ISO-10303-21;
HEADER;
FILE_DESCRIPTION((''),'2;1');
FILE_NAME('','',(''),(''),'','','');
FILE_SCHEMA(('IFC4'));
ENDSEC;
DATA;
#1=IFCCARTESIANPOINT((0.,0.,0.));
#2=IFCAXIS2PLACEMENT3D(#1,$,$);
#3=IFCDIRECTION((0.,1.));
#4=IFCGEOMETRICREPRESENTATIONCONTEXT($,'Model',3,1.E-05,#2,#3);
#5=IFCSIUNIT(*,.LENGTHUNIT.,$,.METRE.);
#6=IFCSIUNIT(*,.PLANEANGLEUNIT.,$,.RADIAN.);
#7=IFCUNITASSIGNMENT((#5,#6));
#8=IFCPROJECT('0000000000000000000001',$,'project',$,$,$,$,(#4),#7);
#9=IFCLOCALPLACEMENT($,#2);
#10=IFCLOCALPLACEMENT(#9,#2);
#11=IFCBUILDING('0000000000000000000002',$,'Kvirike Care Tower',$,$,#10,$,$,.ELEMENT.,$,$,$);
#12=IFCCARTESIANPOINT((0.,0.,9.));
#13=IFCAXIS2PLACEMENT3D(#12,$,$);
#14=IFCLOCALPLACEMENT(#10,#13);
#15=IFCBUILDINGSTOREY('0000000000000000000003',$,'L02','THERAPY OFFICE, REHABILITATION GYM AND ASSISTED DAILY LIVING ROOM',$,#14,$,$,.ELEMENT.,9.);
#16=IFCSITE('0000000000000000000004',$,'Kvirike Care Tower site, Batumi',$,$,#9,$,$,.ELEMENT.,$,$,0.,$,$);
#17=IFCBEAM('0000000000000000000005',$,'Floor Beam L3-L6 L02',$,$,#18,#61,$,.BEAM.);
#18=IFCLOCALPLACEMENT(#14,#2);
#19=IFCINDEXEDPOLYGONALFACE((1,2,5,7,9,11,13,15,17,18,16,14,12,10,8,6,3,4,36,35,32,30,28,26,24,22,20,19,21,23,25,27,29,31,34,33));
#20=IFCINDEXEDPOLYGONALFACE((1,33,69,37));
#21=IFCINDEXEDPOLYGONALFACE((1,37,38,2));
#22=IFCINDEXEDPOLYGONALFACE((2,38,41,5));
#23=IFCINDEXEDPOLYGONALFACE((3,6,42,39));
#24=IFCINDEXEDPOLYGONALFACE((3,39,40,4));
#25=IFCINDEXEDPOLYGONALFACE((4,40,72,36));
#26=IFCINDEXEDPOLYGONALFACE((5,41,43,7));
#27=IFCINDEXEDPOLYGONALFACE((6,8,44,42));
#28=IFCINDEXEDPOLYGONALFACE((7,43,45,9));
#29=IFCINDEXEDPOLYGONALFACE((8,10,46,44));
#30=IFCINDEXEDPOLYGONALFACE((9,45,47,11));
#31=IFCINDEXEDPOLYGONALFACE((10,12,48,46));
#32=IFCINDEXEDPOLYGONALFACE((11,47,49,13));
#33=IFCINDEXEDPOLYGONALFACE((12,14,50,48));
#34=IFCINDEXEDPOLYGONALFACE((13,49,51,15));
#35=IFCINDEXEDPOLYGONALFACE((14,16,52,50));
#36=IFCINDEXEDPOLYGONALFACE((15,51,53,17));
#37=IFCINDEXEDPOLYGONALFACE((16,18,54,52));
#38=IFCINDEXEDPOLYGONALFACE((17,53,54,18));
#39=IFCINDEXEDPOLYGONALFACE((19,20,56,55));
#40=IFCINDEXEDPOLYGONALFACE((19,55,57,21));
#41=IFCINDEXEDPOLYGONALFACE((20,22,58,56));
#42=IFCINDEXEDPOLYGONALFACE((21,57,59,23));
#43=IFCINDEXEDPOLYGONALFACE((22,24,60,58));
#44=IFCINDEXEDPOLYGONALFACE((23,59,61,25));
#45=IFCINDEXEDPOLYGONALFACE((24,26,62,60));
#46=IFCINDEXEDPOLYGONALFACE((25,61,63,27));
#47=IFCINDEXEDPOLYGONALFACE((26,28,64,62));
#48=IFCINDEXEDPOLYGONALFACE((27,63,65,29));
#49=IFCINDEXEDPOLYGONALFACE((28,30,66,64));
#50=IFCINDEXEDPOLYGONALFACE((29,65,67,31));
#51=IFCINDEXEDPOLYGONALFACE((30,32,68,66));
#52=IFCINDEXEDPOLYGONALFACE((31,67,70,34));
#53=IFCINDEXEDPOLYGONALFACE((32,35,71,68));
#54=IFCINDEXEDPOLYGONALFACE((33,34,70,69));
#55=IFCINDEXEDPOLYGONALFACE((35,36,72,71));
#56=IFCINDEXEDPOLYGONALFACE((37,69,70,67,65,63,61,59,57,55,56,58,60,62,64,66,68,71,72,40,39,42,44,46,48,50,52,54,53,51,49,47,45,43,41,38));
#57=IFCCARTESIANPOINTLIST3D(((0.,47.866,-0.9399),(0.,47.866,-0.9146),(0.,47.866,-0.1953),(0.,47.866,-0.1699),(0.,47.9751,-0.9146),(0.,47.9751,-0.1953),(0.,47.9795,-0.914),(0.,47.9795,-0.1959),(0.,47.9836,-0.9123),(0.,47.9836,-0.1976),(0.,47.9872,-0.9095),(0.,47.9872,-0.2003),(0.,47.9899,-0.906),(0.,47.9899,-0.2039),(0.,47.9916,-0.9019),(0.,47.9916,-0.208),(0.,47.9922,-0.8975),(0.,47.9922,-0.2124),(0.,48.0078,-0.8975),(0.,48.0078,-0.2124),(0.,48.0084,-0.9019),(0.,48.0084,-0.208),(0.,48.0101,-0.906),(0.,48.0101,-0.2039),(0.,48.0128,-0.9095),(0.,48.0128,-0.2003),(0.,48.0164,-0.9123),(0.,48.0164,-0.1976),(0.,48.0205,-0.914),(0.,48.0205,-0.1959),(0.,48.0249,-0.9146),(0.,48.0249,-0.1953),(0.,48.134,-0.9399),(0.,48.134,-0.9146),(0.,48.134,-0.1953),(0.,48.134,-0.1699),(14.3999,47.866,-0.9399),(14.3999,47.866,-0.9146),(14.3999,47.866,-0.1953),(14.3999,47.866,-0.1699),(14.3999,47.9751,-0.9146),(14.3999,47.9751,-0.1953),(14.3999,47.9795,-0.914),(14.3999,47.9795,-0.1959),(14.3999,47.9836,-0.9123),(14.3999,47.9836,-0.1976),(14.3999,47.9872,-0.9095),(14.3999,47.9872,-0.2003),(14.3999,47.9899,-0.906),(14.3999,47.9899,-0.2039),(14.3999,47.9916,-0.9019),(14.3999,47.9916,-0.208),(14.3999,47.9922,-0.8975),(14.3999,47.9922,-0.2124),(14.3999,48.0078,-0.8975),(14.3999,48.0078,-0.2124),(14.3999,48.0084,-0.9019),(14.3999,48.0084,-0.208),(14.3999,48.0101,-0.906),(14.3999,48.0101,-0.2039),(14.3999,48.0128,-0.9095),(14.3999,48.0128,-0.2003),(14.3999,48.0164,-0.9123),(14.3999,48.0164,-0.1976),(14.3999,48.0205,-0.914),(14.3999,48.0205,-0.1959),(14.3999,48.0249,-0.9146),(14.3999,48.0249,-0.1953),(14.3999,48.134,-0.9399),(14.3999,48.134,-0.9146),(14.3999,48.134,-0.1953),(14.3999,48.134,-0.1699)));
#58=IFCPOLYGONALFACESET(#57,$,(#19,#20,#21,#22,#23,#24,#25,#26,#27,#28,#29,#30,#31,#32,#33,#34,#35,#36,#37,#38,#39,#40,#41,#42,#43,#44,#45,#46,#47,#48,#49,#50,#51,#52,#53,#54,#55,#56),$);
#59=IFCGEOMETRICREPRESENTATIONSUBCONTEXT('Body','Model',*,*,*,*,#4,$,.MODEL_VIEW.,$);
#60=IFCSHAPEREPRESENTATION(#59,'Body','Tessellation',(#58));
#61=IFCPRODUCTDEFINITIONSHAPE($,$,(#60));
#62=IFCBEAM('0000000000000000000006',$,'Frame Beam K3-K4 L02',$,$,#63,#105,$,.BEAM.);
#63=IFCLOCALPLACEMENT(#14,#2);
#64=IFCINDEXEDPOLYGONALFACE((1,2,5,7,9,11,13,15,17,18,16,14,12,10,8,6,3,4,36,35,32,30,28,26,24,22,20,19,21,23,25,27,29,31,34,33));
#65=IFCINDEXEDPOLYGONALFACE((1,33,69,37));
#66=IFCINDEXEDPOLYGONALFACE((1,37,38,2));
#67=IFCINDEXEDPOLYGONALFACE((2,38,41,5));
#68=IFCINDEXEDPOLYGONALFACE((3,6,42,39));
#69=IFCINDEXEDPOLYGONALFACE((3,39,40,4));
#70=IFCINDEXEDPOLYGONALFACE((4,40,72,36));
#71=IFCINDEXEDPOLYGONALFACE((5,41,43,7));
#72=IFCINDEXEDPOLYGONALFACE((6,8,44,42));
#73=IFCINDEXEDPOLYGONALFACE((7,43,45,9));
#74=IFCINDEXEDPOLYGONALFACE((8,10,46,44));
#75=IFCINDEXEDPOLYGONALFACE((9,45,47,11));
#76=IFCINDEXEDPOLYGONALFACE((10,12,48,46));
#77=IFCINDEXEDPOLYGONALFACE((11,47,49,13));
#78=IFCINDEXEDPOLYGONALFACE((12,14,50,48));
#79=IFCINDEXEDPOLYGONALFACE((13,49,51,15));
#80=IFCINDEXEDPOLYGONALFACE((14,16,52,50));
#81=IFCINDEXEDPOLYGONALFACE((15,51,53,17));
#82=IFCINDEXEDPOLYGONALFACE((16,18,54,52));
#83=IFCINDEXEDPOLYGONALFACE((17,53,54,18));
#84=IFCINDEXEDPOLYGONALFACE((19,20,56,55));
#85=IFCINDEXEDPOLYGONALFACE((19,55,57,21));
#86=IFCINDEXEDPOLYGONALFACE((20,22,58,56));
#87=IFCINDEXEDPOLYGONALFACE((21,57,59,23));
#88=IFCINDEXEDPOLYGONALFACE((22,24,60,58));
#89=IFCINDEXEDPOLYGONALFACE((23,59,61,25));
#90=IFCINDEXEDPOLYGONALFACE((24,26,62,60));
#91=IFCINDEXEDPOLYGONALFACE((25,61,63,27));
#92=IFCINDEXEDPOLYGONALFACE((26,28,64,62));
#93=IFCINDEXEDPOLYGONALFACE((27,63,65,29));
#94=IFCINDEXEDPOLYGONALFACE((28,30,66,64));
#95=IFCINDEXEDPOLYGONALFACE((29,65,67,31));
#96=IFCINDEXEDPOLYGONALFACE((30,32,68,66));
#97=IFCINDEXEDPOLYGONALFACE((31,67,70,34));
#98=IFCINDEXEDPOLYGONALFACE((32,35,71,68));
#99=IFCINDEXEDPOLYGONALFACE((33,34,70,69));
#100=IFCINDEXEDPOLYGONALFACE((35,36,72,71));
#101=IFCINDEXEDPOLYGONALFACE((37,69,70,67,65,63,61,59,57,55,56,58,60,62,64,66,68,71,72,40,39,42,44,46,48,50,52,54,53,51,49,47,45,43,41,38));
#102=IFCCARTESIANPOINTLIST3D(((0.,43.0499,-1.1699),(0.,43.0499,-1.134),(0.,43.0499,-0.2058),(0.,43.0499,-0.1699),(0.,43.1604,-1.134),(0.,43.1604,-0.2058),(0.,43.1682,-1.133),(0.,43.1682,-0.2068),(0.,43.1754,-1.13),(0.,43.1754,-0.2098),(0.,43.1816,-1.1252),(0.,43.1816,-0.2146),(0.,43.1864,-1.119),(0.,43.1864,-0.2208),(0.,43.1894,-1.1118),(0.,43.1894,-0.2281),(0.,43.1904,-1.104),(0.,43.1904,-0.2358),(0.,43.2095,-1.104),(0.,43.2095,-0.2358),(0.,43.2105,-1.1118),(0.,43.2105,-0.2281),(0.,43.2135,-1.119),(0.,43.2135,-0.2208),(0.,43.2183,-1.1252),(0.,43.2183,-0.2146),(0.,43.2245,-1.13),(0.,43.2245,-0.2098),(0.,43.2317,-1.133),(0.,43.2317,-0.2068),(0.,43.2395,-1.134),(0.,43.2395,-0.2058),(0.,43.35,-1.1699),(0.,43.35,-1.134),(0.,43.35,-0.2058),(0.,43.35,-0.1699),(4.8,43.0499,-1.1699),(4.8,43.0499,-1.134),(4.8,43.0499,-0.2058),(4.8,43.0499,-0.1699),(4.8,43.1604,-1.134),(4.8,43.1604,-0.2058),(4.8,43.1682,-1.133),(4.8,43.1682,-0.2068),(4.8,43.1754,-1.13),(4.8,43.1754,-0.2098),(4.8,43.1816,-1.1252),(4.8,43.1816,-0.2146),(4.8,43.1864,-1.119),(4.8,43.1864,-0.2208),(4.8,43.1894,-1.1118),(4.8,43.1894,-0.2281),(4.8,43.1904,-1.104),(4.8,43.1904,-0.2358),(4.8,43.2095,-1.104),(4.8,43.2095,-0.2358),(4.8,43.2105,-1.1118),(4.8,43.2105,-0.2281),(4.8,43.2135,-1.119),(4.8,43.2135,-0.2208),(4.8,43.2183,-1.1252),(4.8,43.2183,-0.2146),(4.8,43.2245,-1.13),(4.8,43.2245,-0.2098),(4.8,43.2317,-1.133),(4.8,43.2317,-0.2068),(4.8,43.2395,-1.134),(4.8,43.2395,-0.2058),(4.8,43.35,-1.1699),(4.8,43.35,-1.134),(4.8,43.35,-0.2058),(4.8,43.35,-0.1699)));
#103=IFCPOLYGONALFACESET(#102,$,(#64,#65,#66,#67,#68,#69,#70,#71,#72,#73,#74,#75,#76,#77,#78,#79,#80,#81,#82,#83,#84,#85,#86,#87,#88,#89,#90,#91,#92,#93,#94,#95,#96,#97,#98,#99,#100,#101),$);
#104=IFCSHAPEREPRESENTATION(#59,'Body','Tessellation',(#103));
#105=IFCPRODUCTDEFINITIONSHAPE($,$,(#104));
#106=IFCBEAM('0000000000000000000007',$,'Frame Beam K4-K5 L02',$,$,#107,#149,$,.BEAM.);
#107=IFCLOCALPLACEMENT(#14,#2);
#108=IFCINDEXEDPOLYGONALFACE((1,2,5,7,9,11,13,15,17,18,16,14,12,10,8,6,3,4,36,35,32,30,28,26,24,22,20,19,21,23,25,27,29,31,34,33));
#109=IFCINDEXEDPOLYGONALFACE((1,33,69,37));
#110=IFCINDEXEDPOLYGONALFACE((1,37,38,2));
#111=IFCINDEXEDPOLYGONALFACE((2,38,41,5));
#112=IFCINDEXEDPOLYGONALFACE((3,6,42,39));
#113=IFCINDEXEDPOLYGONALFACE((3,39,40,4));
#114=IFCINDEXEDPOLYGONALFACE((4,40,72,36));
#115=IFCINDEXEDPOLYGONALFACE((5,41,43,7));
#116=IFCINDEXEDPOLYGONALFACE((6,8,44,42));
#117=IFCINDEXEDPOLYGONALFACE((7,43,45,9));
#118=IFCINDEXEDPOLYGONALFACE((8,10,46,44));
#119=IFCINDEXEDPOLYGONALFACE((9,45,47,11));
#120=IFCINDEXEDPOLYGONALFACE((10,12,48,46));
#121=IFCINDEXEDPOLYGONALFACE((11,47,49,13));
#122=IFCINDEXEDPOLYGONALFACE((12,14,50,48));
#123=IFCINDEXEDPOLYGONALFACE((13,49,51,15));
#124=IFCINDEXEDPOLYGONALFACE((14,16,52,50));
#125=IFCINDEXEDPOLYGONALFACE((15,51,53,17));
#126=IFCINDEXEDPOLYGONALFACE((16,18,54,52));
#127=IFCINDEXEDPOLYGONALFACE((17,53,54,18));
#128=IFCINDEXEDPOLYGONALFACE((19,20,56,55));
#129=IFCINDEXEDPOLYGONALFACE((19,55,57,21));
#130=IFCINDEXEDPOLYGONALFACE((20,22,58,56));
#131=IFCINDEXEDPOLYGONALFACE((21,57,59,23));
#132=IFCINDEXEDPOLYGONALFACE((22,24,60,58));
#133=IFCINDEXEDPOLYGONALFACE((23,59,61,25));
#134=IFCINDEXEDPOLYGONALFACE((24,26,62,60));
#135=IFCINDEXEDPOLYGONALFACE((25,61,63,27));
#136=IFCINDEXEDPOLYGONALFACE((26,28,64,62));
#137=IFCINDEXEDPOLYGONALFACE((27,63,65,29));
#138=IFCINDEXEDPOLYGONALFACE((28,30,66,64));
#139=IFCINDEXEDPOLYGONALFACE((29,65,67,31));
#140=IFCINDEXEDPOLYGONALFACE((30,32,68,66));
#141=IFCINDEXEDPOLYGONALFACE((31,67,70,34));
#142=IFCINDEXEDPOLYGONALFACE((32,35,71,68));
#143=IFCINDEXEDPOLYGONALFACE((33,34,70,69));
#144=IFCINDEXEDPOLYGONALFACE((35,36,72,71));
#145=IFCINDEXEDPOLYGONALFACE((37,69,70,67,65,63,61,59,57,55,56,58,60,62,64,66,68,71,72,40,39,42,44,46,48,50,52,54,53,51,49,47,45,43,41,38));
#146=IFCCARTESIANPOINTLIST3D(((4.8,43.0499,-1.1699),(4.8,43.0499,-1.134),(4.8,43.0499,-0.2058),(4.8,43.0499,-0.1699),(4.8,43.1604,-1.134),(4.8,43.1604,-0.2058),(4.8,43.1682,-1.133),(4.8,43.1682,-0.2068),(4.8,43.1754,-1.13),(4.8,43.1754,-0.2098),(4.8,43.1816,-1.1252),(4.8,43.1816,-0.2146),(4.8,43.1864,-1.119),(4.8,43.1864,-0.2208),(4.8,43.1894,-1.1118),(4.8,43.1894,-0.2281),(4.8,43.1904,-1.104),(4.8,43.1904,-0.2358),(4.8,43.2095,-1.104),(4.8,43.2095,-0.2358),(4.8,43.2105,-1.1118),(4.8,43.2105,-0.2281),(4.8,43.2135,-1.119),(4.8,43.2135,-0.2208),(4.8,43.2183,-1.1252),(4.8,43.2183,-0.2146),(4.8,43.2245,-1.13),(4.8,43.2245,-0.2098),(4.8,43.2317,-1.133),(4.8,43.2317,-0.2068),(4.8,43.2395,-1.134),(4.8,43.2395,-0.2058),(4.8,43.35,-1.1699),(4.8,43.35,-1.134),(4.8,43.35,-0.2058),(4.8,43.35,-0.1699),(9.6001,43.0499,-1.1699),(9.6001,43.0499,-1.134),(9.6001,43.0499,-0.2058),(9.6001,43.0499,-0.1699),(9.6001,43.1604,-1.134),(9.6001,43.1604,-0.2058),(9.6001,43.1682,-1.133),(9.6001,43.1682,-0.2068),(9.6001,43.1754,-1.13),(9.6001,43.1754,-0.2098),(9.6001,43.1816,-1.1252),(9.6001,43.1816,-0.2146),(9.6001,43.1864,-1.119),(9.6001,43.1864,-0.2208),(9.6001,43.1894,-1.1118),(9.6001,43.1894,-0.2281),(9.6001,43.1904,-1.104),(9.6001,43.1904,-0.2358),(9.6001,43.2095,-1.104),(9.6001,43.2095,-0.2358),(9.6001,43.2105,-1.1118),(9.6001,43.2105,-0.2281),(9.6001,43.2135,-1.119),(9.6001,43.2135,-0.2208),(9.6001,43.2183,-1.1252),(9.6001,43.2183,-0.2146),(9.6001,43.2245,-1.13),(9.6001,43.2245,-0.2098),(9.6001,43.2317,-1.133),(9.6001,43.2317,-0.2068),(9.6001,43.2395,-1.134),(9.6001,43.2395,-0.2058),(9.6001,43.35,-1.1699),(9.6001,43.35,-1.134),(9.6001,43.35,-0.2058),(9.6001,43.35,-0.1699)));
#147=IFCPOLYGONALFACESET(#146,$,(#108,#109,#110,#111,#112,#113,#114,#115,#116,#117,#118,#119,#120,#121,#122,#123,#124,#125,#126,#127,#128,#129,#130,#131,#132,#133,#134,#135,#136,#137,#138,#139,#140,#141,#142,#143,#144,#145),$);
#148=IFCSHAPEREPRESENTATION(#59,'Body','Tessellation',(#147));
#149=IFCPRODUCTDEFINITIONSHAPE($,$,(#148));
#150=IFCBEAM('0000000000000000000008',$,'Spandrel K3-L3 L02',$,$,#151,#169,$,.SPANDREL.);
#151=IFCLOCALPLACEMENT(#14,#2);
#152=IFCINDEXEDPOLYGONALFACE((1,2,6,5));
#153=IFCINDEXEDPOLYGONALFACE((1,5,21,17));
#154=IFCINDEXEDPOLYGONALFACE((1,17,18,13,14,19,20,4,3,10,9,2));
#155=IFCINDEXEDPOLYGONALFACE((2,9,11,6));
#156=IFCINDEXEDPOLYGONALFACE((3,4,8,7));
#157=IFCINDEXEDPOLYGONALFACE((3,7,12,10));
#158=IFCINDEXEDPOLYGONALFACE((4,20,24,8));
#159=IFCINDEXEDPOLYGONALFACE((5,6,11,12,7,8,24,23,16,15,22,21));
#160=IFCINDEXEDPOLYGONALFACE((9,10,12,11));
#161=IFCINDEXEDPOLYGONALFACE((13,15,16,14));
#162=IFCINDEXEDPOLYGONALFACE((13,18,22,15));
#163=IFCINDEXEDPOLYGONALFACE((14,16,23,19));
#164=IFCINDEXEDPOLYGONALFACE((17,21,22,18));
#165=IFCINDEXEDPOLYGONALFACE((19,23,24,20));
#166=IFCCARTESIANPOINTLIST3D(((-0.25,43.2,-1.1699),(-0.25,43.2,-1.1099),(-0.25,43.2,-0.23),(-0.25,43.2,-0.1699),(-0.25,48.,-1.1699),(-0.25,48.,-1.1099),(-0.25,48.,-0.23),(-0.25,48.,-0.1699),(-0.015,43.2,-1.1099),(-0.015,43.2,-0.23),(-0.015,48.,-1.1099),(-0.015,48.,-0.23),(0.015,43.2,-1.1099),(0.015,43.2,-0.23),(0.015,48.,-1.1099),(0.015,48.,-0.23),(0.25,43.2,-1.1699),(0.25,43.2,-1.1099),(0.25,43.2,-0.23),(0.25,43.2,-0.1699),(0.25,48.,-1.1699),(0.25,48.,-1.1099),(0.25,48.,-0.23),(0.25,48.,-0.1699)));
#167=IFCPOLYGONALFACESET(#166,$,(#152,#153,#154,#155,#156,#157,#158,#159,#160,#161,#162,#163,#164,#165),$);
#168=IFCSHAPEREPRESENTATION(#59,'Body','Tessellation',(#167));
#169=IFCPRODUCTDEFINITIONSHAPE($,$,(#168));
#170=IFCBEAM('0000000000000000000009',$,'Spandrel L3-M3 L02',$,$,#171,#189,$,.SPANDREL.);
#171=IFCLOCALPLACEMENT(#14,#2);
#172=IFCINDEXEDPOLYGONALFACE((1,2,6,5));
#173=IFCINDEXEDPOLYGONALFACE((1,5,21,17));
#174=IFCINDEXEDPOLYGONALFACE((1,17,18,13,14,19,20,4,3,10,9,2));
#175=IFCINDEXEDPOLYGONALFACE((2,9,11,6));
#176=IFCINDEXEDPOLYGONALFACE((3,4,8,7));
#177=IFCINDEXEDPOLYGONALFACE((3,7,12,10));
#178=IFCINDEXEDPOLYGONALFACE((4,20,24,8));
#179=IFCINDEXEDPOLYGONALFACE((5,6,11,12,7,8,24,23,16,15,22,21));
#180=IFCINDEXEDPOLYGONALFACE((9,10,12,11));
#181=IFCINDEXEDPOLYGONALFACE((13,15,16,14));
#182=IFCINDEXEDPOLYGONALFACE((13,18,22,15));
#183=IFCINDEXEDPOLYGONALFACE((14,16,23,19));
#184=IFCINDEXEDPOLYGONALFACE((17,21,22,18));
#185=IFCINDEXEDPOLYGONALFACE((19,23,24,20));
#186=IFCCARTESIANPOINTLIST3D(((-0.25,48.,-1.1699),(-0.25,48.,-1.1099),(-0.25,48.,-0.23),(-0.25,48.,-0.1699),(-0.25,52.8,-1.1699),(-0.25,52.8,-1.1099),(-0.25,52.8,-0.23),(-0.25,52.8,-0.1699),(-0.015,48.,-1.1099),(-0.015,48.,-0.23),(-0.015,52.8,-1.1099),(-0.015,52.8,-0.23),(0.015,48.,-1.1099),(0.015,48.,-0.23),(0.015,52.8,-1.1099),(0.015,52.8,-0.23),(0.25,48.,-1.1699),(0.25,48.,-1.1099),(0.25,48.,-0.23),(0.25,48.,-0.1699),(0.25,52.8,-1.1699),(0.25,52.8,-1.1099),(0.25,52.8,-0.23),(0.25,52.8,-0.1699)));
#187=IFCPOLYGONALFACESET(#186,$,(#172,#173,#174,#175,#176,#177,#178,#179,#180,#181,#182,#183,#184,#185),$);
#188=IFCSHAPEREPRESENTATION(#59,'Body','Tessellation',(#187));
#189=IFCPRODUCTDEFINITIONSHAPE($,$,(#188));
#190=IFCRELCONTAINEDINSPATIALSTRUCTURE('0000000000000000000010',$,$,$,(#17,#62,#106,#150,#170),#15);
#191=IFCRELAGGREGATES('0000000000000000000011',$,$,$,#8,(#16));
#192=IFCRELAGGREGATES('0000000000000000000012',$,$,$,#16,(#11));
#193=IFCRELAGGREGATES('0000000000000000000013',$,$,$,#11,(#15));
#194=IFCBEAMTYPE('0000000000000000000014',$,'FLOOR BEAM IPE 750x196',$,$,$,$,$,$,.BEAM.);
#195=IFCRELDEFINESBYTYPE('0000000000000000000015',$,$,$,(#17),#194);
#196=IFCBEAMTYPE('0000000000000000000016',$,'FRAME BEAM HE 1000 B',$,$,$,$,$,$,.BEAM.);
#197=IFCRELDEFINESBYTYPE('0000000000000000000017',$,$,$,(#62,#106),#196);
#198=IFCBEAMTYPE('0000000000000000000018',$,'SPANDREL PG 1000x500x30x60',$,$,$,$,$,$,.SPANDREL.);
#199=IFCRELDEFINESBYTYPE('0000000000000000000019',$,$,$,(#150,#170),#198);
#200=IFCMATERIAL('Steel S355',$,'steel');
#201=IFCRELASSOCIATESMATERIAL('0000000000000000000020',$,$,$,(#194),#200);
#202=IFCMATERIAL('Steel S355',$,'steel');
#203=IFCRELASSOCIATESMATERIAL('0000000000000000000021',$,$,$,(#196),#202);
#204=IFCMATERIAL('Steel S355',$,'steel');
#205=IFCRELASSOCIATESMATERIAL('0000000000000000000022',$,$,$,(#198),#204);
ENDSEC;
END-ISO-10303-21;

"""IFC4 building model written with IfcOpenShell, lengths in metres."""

from ifc_helpers import new_model, si_unit, direction, frame, origin, origin_2d, place, context, subcontext, project, spatial, i_section, extrude, material, material_profile, profile_set, type_object, element, save


model = new_model("IFC4")

# Units and contexts
model_context = context("Model", 3, precision=1e-05, world=origin(), true_north=direction((0.0, 1.0)))
body_context = subcontext(model_context, "Body", "Model", "MODEL_VIEW")
ifc_project = project(units=[si_unit("LENGTHUNIT", "METRE"), si_unit("PLANEANGLEUNIT", "RADIAN")], contexts=[model_context])

# Site, building, storey
site_placement = place(None, origin())
site = spatial("IfcSite", under=ifc_project, at=site_placement, Name="Kvirike Care Tower site, Batumi", CompositionType="ELEMENT", RefElevation=0.0)
building_placement = place(site_placement, origin())
building = spatial("IfcBuilding", under=site, at=building_placement, Name="Kvirike Care Tower", CompositionType="ELEMENT")
storey_placement = place(building_placement, frame((0.0, 0.0, 9.0)))
storey = spatial("IfcBuildingStorey", under=building, at=storey_placement, Name="L02", Description="THERAPY OFFICE, REHABILITATION GYM AND ASSISTED DAILY LIVING ROOM", CompositionType="ELEMENT", Elevation=9.0)

# Beams
ifc_material_1 = material(Name="Steel S355", Category="steel")
ifc_material_profile_1 = material_profile(ifc_material_1, i_section(OverallWidth=0.2681, OverallDepth=0.77, WebThickness=0.0156, FlangeThickness=0.0254, FilletRadius=0.0171, at=origin_2d()), Name="IPE 750x196")
ifc_profile_set_1 = profile_set([ifc_material_profile_1], Name="Steel S355")
beam_type_1 = type_object("IfcBeamType", Name="FLOOR BEAM IPE 750x196", PredefinedType="BEAM", material=ifc_profile_set_1)
beam_placement = place(storey_placement, frame((0.0, 48.0, -0.5549), z_axis=(1.0, 0.0, 0.0), x_axis=(0.0, 1.0, 0.0)))
element("IfcBeam", 1, at=beam_placement, inside=storey, type_object=beam_type_1, Name="Floor Beam L3-L6 L02", PredefinedType="BEAM", context=body_context, shape_type="SweptSolid", body=[
    extrude(i_section(OverallWidth=0.2681, OverallDepth=0.77, WebThickness=0.0156, FlangeThickness=0.0254, FilletRadius=0.0171, at=origin_2d()), origin(), (0.0, 0.0, 1.0), 14.3999),
])
ifc_material_2 = material(Name="Steel S355", Category="steel")
ifc_material_profile_2 = material_profile(ifc_material_2, i_section(OverallWidth=0.3, OverallDepth=1.0, WebThickness=0.019, FlangeThickness=0.0359, FilletRadius=0.03, at=origin_2d()), Name="HE 1000 B")
ifc_profile_set_2 = profile_set([ifc_material_profile_2], Name="Steel S355")
beam_type_2 = type_object("IfcBeamType", Name="FRAME BEAM HE 1000 B", PredefinedType="BEAM", material=ifc_profile_set_2)
for number, where, z_axis, x_axis, name in (
    (2, (0.0, 43.2, -0.6699), (1.0, 0.0, 0.0), (0.0, 1.0, 0.0), "Frame Beam K3-K4 L02"),
    (3, (4.8, 43.2, -0.6699), (1.0, 0.0, 0.0), (0.0, 1.0, 0.0), "Frame Beam K4-K5 L02"),
):
    element("IfcBeam", number, at=place(storey_placement, frame(where, z_axis=z_axis, x_axis=x_axis)), inside=storey, type_object=beam_type_2, Name=name, PredefinedType="BEAM", context=body_context, shape_type="SweptSolid", body=[
        extrude(i_section(OverallWidth=0.3, OverallDepth=1.0, WebThickness=0.019, FlangeThickness=0.0359, FilletRadius=0.03, at=origin_2d()), origin(), (0.0, 0.0, 1.0), 4.8),
    ])
ifc_material_3 = material(Name="Steel S355", Category="steel")
ifc_material_profile_3 = material_profile(ifc_material_3, i_section(OverallWidth=0.5, OverallDepth=1.0, WebThickness=0.03, FlangeThickness=0.0601, at=origin_2d()), Name="PG 1000x500x30x60")
ifc_profile_set_3 = profile_set([ifc_material_profile_3], Name="Steel S355")
beam_type_3 = type_object("IfcBeamType", Name="SPANDREL PG 1000x500x30x60", PredefinedType="SPANDREL", material=ifc_profile_set_3)
for number, where, z_axis, x_axis, name in (
    (4, (0.0, 43.2, -0.6699), (0.0, 1.0, 0.0), (-1.0, 0.0, 0.0), "Spandrel K3-L3 L02"),
    (5, (0.0, 48.0, -0.6699), (0.0, 1.0, 0.0), (-1.0, 0.0, 0.0), "Spandrel L3-M3 L02"),
):
    element("IfcBeam", number, at=place(storey_placement, frame(where, z_axis=z_axis, x_axis=x_axis)), inside=storey, type_object=beam_type_3, Name=name, PredefinedType="SPANDREL", context=body_context, shape_type="SweptSolid", body=[
        extrude(i_section(OverallWidth=0.5, OverallDepth=1.0, WebThickness=0.03, FlangeThickness=0.0601, at=origin_2d()), origin(), (0.0, 0.0, 1.0), 4.8),
    ])

save(model, "model.ifc")
